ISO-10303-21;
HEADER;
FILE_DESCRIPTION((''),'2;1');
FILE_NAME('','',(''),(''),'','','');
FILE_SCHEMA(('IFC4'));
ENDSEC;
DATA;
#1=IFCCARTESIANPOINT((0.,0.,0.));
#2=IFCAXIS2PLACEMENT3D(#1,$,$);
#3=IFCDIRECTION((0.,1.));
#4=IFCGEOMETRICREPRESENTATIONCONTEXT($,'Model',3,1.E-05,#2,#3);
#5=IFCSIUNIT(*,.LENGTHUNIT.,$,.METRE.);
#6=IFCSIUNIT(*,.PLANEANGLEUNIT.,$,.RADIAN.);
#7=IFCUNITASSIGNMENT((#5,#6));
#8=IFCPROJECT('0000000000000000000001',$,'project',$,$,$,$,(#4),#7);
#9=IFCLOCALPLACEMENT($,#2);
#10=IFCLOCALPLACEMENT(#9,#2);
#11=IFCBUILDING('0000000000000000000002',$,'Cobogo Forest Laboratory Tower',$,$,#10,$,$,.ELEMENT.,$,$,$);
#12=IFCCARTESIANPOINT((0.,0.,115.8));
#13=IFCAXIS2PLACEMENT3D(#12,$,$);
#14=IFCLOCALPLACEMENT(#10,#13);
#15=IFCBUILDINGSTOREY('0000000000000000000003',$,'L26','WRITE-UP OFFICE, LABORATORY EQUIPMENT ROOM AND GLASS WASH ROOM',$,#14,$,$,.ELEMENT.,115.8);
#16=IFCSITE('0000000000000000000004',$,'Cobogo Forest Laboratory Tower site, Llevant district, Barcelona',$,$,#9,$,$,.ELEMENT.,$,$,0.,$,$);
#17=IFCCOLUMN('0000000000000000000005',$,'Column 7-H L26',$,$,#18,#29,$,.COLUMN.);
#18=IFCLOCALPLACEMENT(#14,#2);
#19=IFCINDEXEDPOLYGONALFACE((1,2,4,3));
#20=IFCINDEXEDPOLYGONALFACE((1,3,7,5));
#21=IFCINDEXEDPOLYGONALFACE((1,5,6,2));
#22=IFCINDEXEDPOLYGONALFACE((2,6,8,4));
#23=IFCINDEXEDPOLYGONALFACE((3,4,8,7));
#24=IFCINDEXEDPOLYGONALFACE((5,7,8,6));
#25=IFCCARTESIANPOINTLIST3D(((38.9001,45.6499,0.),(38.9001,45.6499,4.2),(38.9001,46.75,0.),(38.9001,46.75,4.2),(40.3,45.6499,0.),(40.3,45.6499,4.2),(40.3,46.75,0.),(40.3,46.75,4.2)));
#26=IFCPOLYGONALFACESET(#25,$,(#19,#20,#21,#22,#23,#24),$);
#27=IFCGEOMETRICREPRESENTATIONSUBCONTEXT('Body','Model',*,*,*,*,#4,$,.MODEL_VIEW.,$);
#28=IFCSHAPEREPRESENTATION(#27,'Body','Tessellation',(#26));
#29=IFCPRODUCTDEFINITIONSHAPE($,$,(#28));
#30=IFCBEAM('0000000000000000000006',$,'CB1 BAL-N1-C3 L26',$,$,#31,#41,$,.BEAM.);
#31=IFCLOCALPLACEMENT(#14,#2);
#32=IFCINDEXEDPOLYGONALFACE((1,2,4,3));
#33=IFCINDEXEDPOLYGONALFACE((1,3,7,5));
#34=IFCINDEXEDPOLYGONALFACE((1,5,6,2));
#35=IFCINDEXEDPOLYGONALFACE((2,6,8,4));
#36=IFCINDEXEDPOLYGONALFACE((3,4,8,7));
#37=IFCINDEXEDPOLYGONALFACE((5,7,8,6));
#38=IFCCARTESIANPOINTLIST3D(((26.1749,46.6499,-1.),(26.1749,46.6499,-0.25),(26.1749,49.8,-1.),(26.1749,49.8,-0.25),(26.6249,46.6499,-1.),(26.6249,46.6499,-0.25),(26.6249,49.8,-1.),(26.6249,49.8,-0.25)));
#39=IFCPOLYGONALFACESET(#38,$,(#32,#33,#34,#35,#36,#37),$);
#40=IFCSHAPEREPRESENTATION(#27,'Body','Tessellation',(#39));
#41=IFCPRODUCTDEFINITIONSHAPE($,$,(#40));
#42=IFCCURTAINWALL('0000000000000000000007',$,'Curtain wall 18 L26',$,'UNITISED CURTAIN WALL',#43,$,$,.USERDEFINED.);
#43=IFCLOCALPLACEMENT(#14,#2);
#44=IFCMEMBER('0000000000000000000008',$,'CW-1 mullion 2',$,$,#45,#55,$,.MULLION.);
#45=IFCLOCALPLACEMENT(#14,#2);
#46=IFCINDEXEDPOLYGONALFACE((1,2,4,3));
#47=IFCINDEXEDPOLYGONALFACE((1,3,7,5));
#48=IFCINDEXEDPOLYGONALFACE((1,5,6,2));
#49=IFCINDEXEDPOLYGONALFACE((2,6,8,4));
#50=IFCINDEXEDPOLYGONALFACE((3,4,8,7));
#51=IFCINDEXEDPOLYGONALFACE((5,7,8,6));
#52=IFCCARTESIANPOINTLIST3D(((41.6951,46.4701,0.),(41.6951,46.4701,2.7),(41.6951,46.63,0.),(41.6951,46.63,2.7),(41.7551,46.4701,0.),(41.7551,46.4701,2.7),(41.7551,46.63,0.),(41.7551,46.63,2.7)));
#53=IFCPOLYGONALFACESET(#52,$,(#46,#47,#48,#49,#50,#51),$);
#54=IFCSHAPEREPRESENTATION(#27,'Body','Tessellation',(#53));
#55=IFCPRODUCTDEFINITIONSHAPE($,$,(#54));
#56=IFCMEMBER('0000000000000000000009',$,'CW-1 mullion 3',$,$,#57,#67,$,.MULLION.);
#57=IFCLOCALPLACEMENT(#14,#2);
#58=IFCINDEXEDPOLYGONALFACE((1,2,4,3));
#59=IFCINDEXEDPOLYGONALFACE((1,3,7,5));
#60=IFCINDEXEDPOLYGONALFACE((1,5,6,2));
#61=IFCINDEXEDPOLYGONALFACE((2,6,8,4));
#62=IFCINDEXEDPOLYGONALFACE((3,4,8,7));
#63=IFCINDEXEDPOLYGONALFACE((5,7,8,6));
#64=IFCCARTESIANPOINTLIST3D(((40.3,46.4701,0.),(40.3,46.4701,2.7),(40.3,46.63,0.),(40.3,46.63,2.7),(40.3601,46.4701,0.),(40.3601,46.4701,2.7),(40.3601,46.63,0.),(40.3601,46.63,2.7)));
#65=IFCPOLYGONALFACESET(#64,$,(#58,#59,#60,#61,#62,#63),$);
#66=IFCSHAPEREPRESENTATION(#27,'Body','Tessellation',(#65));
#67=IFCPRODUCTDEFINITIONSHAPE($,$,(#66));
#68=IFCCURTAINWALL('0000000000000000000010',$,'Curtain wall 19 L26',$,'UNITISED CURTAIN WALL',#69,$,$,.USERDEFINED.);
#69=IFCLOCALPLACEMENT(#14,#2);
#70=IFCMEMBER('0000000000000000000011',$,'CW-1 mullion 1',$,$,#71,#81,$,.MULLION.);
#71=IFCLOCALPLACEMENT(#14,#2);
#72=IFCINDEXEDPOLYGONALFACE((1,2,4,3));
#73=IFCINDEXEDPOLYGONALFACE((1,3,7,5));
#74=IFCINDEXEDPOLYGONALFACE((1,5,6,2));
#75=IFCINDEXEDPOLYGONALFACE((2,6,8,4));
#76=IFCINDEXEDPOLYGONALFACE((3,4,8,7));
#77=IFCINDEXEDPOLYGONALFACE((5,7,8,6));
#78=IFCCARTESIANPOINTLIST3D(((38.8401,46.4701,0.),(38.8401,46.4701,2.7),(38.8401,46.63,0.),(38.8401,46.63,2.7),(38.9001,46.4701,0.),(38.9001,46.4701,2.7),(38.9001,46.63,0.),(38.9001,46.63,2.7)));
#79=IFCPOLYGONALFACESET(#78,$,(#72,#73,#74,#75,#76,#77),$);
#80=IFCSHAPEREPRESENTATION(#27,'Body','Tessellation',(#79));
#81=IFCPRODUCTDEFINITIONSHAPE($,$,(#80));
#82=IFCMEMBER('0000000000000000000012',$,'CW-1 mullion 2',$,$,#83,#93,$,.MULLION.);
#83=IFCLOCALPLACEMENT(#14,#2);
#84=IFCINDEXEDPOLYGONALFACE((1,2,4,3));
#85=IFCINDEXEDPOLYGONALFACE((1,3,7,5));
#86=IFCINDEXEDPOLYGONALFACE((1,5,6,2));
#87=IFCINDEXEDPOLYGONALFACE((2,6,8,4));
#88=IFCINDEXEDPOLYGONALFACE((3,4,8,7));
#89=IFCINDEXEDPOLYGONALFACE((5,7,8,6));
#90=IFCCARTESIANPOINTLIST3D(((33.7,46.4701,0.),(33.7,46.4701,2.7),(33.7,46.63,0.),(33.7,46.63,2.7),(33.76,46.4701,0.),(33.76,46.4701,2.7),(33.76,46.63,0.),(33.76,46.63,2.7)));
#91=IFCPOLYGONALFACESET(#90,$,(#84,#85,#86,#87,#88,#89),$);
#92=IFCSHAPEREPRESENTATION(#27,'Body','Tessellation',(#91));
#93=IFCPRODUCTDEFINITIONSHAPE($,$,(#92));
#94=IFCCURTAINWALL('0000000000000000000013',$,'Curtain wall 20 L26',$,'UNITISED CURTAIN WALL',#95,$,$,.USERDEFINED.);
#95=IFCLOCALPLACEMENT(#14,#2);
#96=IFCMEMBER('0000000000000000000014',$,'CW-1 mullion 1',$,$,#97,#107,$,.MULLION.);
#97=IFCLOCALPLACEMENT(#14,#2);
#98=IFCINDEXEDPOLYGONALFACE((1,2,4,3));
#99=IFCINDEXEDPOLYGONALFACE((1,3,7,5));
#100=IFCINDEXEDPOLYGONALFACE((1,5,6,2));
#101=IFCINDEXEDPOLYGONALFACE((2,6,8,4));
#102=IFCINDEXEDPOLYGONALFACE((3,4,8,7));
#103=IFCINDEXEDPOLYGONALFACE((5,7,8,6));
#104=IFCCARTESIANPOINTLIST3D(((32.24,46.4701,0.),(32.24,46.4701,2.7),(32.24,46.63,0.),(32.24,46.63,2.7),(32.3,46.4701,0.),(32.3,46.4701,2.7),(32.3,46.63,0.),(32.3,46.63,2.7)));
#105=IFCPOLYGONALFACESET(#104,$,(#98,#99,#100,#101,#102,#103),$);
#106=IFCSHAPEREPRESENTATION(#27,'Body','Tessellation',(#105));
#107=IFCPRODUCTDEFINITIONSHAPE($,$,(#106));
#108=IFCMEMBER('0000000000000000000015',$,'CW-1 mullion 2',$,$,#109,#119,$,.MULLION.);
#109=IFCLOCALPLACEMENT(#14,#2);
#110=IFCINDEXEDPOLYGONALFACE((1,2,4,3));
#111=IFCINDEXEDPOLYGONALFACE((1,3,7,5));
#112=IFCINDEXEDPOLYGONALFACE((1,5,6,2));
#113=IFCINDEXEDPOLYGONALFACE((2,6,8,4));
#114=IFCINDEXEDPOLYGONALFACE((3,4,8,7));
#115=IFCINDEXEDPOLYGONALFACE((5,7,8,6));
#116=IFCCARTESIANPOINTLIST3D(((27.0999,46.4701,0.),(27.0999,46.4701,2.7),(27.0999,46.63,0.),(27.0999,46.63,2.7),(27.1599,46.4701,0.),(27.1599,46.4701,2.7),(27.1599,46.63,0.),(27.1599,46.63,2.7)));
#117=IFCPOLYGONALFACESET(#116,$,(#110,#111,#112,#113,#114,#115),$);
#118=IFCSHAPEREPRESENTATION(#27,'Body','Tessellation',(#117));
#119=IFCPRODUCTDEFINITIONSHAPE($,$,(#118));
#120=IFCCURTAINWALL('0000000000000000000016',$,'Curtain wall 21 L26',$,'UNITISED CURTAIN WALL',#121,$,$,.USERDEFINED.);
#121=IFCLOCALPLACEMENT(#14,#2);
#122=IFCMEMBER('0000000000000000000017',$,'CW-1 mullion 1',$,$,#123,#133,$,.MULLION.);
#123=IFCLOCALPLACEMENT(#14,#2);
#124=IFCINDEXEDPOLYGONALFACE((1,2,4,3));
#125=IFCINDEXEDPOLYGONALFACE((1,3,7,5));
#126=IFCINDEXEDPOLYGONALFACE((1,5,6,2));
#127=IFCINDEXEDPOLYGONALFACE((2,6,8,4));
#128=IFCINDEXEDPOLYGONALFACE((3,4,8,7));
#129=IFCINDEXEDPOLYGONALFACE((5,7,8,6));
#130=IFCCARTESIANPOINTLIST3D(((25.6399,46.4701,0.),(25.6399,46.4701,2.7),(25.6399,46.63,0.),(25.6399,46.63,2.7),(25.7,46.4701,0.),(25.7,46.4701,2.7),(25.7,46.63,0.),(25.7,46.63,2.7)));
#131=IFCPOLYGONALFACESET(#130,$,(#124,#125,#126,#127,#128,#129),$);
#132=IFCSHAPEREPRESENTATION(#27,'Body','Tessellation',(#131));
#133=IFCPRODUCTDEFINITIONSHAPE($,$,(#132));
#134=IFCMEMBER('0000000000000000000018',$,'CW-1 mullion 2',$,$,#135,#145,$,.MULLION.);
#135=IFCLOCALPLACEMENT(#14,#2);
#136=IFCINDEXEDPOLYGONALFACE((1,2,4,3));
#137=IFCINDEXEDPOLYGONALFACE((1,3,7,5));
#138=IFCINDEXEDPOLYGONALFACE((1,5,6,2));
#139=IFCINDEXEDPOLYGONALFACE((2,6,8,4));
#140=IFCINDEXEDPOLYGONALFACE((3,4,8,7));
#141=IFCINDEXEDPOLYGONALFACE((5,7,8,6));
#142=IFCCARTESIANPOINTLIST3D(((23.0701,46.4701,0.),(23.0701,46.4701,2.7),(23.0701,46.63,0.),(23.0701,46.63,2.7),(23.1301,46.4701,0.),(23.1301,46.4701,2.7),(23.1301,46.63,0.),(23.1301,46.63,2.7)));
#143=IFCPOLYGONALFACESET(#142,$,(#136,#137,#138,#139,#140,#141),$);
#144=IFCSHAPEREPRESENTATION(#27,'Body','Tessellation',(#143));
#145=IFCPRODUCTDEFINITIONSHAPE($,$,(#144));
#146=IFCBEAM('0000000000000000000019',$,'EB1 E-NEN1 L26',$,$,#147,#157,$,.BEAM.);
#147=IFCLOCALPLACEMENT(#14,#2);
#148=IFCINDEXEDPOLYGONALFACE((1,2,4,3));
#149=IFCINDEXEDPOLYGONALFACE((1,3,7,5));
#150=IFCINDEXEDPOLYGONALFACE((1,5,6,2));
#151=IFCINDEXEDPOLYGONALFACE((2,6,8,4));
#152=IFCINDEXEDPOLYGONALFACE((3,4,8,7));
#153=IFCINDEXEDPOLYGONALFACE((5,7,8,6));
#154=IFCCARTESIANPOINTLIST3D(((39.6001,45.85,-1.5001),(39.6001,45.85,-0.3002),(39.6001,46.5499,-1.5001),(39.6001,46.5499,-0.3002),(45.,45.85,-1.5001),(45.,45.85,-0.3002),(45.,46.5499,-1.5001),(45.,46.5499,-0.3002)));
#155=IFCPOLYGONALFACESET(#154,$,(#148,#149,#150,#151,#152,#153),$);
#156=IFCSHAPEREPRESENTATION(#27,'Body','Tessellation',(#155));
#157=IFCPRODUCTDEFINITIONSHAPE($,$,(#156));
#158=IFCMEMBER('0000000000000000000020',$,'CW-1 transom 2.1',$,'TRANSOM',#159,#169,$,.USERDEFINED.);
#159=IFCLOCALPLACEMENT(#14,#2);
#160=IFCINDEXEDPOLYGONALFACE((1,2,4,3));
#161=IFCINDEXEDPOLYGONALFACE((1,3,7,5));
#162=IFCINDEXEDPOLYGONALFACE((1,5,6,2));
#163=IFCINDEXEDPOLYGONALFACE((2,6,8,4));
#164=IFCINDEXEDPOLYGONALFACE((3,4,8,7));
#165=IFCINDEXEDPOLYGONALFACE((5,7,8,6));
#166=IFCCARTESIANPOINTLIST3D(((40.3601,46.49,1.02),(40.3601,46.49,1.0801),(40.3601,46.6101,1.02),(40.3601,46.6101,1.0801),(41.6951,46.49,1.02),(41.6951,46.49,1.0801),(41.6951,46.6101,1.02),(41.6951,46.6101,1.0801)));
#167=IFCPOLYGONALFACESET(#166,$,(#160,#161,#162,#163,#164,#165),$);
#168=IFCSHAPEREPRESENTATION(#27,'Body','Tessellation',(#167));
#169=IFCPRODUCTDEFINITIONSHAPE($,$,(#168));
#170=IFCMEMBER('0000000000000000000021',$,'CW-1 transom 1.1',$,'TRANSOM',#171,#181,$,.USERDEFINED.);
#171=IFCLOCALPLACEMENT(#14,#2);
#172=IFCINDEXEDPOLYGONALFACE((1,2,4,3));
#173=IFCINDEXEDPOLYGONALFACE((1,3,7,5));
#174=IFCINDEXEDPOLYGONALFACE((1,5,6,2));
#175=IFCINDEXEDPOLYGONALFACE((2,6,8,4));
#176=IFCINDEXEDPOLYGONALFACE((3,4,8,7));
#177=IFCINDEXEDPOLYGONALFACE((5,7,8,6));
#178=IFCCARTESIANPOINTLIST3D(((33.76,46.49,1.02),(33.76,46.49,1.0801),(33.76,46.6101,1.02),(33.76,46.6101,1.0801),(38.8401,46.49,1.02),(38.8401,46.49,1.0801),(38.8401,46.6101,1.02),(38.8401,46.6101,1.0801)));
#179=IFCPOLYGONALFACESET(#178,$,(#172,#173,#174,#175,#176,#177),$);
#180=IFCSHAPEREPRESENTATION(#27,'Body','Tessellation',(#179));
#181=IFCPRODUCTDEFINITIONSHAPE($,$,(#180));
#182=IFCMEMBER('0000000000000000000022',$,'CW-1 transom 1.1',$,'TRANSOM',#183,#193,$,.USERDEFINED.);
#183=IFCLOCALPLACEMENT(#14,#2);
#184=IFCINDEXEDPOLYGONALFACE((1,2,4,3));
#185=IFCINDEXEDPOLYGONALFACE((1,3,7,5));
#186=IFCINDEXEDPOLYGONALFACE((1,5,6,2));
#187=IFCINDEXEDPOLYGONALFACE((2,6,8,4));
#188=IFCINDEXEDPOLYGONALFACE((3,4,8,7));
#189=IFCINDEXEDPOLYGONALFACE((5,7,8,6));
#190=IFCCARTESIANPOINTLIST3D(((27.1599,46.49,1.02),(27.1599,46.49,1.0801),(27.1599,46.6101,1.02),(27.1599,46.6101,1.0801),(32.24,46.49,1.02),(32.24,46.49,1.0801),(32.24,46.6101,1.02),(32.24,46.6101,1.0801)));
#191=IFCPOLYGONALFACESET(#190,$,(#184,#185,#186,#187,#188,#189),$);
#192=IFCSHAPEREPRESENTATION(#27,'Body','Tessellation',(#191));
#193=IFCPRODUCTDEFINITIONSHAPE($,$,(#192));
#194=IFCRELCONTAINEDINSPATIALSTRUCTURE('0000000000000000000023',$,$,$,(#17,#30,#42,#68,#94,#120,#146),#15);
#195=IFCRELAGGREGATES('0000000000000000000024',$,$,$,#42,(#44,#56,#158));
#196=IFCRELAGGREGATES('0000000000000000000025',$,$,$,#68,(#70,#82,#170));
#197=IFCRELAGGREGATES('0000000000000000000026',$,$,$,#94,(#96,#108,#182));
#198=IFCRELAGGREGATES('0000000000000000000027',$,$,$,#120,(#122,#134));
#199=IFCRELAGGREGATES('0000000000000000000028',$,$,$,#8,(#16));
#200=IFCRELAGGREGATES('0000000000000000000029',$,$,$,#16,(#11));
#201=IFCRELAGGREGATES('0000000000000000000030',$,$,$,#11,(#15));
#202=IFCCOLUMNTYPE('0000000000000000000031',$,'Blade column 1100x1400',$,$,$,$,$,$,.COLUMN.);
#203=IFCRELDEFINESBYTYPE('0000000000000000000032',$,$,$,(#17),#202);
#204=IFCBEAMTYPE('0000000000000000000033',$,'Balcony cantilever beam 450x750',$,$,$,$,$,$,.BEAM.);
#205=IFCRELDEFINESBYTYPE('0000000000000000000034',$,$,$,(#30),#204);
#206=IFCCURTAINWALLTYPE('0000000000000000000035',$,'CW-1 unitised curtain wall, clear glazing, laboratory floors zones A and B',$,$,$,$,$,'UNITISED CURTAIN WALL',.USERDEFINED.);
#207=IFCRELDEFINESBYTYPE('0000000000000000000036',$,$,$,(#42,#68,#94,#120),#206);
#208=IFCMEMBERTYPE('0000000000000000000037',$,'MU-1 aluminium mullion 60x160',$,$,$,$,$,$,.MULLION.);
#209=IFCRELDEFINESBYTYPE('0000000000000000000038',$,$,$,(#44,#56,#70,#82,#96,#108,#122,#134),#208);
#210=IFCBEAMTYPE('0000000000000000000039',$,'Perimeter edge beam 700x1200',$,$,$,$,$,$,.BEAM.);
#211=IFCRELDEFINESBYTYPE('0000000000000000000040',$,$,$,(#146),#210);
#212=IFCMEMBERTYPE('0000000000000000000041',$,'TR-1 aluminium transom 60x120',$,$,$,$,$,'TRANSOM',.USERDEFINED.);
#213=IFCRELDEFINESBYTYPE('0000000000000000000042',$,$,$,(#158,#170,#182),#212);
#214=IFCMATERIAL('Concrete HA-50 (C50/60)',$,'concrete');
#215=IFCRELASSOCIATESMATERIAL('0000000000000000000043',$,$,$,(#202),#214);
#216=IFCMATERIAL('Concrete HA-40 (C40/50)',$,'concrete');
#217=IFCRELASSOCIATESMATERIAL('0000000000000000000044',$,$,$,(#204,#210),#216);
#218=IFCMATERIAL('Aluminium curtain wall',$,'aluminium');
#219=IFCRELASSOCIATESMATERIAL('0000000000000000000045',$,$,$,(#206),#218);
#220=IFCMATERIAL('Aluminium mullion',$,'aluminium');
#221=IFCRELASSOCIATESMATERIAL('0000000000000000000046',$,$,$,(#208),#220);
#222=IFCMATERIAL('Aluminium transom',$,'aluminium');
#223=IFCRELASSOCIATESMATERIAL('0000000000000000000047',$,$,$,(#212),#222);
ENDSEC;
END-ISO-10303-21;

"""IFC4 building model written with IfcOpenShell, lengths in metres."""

from ifc_helpers import new_model, si_unit, direction, frame, origin, origin_2d, place, context, subcontext, project, spatial, rectangle, extrude, material, material_profile, profile_set, type_object, element, aggregate, save


model = new_model("IFC4")

# Units and contexts
model_context = context("Model", 3, precision=1e-05, world=origin(), true_north=direction((0.0, 1.0)))
body_context = subcontext(model_context, "Body", "Model", "MODEL_VIEW")
ifc_project = project(units=[si_unit("LENGTHUNIT", "METRE"), si_unit("PLANEANGLEUNIT", "RADIAN")], contexts=[model_context])

# Site, building, storey
site_placement = place(None, origin())
site = spatial("IfcSite", under=ifc_project, at=site_placement, Name="Cobogo Forest Laboratory Tower site, Llevant district, Barcelona", CompositionType="ELEMENT", RefElevation=0.0)
building_placement = place(site_placement, origin())
building = spatial("IfcBuilding", under=site, at=building_placement, Name="Cobogo Forest Laboratory Tower", CompositionType="ELEMENT")
storey_placement = place(building_placement, frame((0.0, 0.0, 115.8)))
storey = spatial("IfcBuildingStorey", under=building, at=storey_placement, Name="L26", Description="WRITE-UP OFFICE, LABORATORY EQUIPMENT ROOM AND GLASS WASH ROOM", CompositionType="ELEMENT", Elevation=115.8)

# Column
ifc_material_1 = material(Name="Concrete HA-50 (C50/60)", Category="concrete")
ifc_material_profile_1 = material_profile(ifc_material_1, rectangle(XDim=1.3999, YDim=1.1001, at=origin_2d()), Name="RC 1100x1400")
ifc_profile_set_1 = profile_set([ifc_material_profile_1], Name="Concrete HA-50 (C50/60)")
column_type = type_object("IfcColumnType", Name="Blade column 1100x1400", PredefinedType="COLUMN", material=ifc_profile_set_1)
column_placement = place(storey_placement, frame((39.6001, 46.2, 0.0), z_axis=(0.0, 0.0, 1.0), x_axis=(1.0, 0.0, 0.0)))
element("IfcColumn", 1, at=column_placement, inside=storey, type_object=column_type, Name="Column 7-H L26", PredefinedType="COLUMN", context=body_context, shape_type="SweptSolid", body=[
    extrude(rectangle(XDim=1.3999, YDim=1.1001, at=origin_2d()), origin(), (0.0, 0.0, 1.0), 4.2),
])

# Beam
ifc_material_2 = material(Name="Concrete HA-40 (C40/50)", Category="concrete")
ifc_material_profile_2 = material_profile(ifc_material_2, rectangle(XDim=0.45, YDim=0.75, at=origin_2d()), Name="RC 450x750")
ifc_profile_set_2 = profile_set([ifc_material_profile_2], Name="Concrete HA-40 (C40/50)")
beam_type_1 = type_object("IfcBeamType", Name="Balcony cantilever beam 450x750", PredefinedType="BEAM", material=ifc_profile_set_2)
beam_1_placement = place(storey_placement, frame((26.3999, 46.6499, -0.625), z_axis=(0.0, 1.0, 0.0), x_axis=(-1.0, 0.0, 0.0)))
element("IfcBeam", 2, at=beam_1_placement, inside=storey, type_object=beam_type_1, Name="CB1 BAL-N1-C3 L26", PredefinedType="BEAM", context=body_context, shape_type="SweptSolid", body=[
    extrude(rectangle(XDim=0.45, YDim=0.75, at=origin_2d()), origin(), (0.0, 0.0, 1.0), 3.1501),
])

# Curtain walls, members
ifc_material_3 = material(Name="Aluminium curtain wall", Category="aluminium")
curtain_wall_type = type_object("IfcCurtainWallType", Name="CW-1 unitised curtain wall, clear glazing, laboratory floors zones A and B", ElementType="UNITISED CURTAIN WALL", PredefinedType="USERDEFINED", material=ifc_material_3)
curtain_wall_1_placement = place(storey_placement, origin())
curtain_wall_1 = element("IfcCurtainWall", 3, at=curtain_wall_1_placement, inside=storey, type_object=curtain_wall_type, Name="Curtain wall 18 L26", ObjectType="UNITISED CURTAIN WALL", PredefinedType="USERDEFINED")
ifc_material_4 = material(Name="Aluminium mullion", Category="aluminium")
ifc_material_profile_3 = material_profile(ifc_material_4, rectangle(XDim=0.0601, YDim=0.1599, at=origin_2d()), Name="AL 60x160")
ifc_profile_set_3 = profile_set([ifc_material_profile_3], Name="Aluminium mullion")
member_type_1 = type_object("IfcMemberType", Name="MU-1 aluminium mullion 60x160", PredefinedType="MULLION", material=ifc_profile_set_3)
member_1_placement = place(storey_placement, frame((41.7251, 46.55, 0.0), z_axis=(0.0, 0.0, 1.0), x_axis=(-1.0, 0.0, 0.0)))
member_1 = element("IfcMember", 4, at=member_1_placement, type_object=member_type_1, Name="CW-1 mullion 2", PredefinedType="MULLION", context=body_context, shape_type="SweptSolid", body=[
    extrude(rectangle(XDim=0.0601, YDim=0.1599, at=origin_2d()), origin(), (0.0, 0.0, 1.0), 2.7),
])
member_2_placement = place(storey_placement, frame((40.3301, 46.55, 0.0), z_axis=(0.0, 0.0, 1.0), x_axis=(-1.0, 0.0, 0.0)))
member_2 = element("IfcMember", 5, at=member_2_placement, type_object=member_type_1, Name="CW-1 mullion 3", PredefinedType="MULLION", context=body_context, shape_type="SweptSolid", body=[
    extrude(rectangle(XDim=0.0601, YDim=0.1599, at=origin_2d()), origin(), (0.0, 0.0, 1.0), 2.7),
])
curtain_wall_2_placement = place(storey_placement, origin())
curtain_wall_2 = element("IfcCurtainWall", 6, at=curtain_wall_2_placement, inside=storey, type_object=curtain_wall_type, Name="Curtain wall 19 L26", ObjectType="UNITISED CURTAIN WALL", PredefinedType="USERDEFINED")
member_3_placement = place(storey_placement, frame((38.8701, 46.55, 0.0), z_axis=(0.0, 0.0, 1.0), x_axis=(-1.0, 0.0, 0.0)))
member_3 = element("IfcMember", 7, at=member_3_placement, type_object=member_type_1, Name="CW-1 mullion 1", PredefinedType="MULLION", context=body_context, shape_type="SweptSolid", body=[
    extrude(rectangle(XDim=0.0601, YDim=0.1599, at=origin_2d()), origin(), (0.0, 0.0, 1.0), 2.7),
])
member_4_placement = place(storey_placement, frame((33.73, 46.55, 0.0), z_axis=(0.0, 0.0, 1.0), x_axis=(-1.0, 0.0, 0.0)))
member_4 = element("IfcMember", 8, at=member_4_placement, type_object=member_type_1, Name="CW-1 mullion 2", PredefinedType="MULLION", context=body_context, shape_type="SweptSolid", body=[
    extrude(rectangle(XDim=0.0601, YDim=0.1599, at=origin_2d()), origin(), (0.0, 0.0, 1.0), 2.7),
])
curtain_wall_3_placement = place(storey_placement, origin())
curtain_wall_3 = element("IfcCurtainWall", 9, at=curtain_wall_3_placement, inside=storey, type_object=curtain_wall_type, Name="Curtain wall 20 L26", ObjectType="UNITISED CURTAIN WALL", PredefinedType="USERDEFINED")
member_5_placement = place(storey_placement, frame((32.27, 46.55, 0.0), z_axis=(0.0, 0.0, 1.0), x_axis=(-1.0, 0.0, 0.0)))
member_5 = element("IfcMember", 10, at=member_5_placement, type_object=member_type_1, Name="CW-1 mullion 1", PredefinedType="MULLION", context=body_context, shape_type="SweptSolid", body=[
    extrude(rectangle(XDim=0.0601, YDim=0.1599, at=origin_2d()), origin(), (0.0, 0.0, 1.0), 2.7),
])
member_6_placement = place(storey_placement, frame((27.1299, 46.55, 0.0), z_axis=(0.0, 0.0, 1.0), x_axis=(-1.0, 0.0, 0.0)))
member_6 = element("IfcMember", 11, at=member_6_placement, type_object=member_type_1, Name="CW-1 mullion 2", PredefinedType="MULLION", context=body_context, shape_type="SweptSolid", body=[
    extrude(rectangle(XDim=0.0601, YDim=0.1599, at=origin_2d()), origin(), (0.0, 0.0, 1.0), 2.7),
])
curtain_wall_4_placement = place(storey_placement, origin())
curtain_wall_4 = element("IfcCurtainWall", 12, at=curtain_wall_4_placement, inside=storey, type_object=curtain_wall_type, Name="Curtain wall 21 L26", ObjectType="UNITISED CURTAIN WALL", PredefinedType="USERDEFINED")
member_7_placement = place(storey_placement, frame((25.6699, 46.55, 0.0), z_axis=(0.0, 0.0, 1.0), x_axis=(-1.0, 0.0, 0.0)))
member_7 = element("IfcMember", 13, at=member_7_placement, type_object=member_type_1, Name="CW-1 mullion 1", PredefinedType="MULLION", context=body_context, shape_type="SweptSolid", body=[
    extrude(rectangle(XDim=0.0601, YDim=0.1599, at=origin_2d()), origin(), (0.0, 0.0, 1.0), 2.7),
])
member_8_placement = place(storey_placement, frame((23.1001, 46.55, 0.0), z_axis=(0.0, 0.0, 1.0), x_axis=(-1.0, 0.0, 0.0)))
member_8 = element("IfcMember", 14, at=member_8_placement, type_object=member_type_1, Name="CW-1 mullion 2", PredefinedType="MULLION", context=body_context, shape_type="SweptSolid", body=[
    extrude(rectangle(XDim=0.0601, YDim=0.1599, at=origin_2d()), origin(), (0.0, 0.0, 1.0), 2.7),
])

# Beam
ifc_material_profile_4 = material_profile(ifc_material_2, rectangle(XDim=0.7, YDim=1.2, at=origin_2d()), Name="RC 700x1200")
ifc_profile_set_4 = profile_set([ifc_material_profile_4], Name="Concrete HA-40 (C40/50)")
beam_type_2 = type_object("IfcBeamType", Name="Perimeter edge beam 700x1200", PredefinedType="BEAM", material=ifc_profile_set_4)
beam_2_placement = place(storey_placement, frame((39.6001, 46.2, -0.9001), z_axis=(1.0, 0.0, 0.0), x_axis=(0.0, 1.0, 0.0)))
element("IfcBeam", 15, at=beam_2_placement, inside=storey, type_object=beam_type_2, Name="EB1 E-NEN1 L26", PredefinedType="BEAM", context=body_context, shape_type="SweptSolid", body=[
    extrude(rectangle(XDim=0.7, YDim=1.2, at=origin_2d()), origin(), (0.0, 0.0, 1.0), 5.3999),
])

# Members
ifc_material_5 = material(Name="Aluminium transom", Category="aluminium")
ifc_material_profile_5 = material_profile(ifc_material_5, rectangle(XDim=0.1201, YDim=0.0601, at=origin_2d()), Name="AL 60x120")
ifc_profile_set_5 = profile_set([ifc_material_profile_5], Name="Aluminium transom")
member_type_2 = type_object("IfcMemberType", Name="TR-1 aluminium transom 60x120", ElementType="TRANSOM", PredefinedType="USERDEFINED", material=ifc_profile_set_5)
member_9_placement = place(storey_placement, frame((41.6951, 46.55, 1.05), z_axis=(-1.0, 0.0, 0.0), x_axis=(0.0, -1.0, 0.0)))
member_9 = element("IfcMember", 16, at=member_9_placement, type_object=member_type_2, Name="CW-1 transom 2.1", ObjectType="TRANSOM", PredefinedType="USERDEFINED", context=body_context, shape_type="SweptSolid", body=[
    extrude(rectangle(XDim=0.1201, YDim=0.0601, at=origin_2d()), origin(), (0.0, 0.0, 1.0), 1.335),
])
member_10_placement = place(storey_placement, frame((38.8401, 46.55, 1.05), z_axis=(-1.0, 0.0, 0.0), x_axis=(0.0, -1.0, 0.0)))
member_10 = element("IfcMember", 17, at=member_10_placement, type_object=member_type_2, Name="CW-1 transom 1.1", ObjectType="TRANSOM", PredefinedType="USERDEFINED", context=body_context, shape_type="SweptSolid", body=[
    extrude(rectangle(XDim=0.1201, YDim=0.0601, at=origin_2d()), origin(), (0.0, 0.0, 1.0), 5.0801),
])
member_11_placement = place(storey_placement, frame((32.24, 46.55, 1.05), z_axis=(-1.0, 0.0, 0.0), x_axis=(0.0, -1.0, 0.0)))
member_11 = element("IfcMember", 18, at=member_11_placement, type_object=member_type_2, Name="CW-1 transom 1.1", ObjectType="TRANSOM", PredefinedType="USERDEFINED", context=body_context, shape_type="SweptSolid", body=[
    extrude(rectangle(XDim=0.1201, YDim=0.0601, at=origin_2d()), origin(), (0.0, 0.0, 1.0), 5.0801),
])

aggregate(curtain_wall_1, [member_1, member_2, member_9])
aggregate(curtain_wall_2, [member_3, member_4, member_10])
aggregate(curtain_wall_3, [member_5, member_6, member_11])
aggregate(curtain_wall_4, [member_7, member_8])

save(model, "model.ifc")
